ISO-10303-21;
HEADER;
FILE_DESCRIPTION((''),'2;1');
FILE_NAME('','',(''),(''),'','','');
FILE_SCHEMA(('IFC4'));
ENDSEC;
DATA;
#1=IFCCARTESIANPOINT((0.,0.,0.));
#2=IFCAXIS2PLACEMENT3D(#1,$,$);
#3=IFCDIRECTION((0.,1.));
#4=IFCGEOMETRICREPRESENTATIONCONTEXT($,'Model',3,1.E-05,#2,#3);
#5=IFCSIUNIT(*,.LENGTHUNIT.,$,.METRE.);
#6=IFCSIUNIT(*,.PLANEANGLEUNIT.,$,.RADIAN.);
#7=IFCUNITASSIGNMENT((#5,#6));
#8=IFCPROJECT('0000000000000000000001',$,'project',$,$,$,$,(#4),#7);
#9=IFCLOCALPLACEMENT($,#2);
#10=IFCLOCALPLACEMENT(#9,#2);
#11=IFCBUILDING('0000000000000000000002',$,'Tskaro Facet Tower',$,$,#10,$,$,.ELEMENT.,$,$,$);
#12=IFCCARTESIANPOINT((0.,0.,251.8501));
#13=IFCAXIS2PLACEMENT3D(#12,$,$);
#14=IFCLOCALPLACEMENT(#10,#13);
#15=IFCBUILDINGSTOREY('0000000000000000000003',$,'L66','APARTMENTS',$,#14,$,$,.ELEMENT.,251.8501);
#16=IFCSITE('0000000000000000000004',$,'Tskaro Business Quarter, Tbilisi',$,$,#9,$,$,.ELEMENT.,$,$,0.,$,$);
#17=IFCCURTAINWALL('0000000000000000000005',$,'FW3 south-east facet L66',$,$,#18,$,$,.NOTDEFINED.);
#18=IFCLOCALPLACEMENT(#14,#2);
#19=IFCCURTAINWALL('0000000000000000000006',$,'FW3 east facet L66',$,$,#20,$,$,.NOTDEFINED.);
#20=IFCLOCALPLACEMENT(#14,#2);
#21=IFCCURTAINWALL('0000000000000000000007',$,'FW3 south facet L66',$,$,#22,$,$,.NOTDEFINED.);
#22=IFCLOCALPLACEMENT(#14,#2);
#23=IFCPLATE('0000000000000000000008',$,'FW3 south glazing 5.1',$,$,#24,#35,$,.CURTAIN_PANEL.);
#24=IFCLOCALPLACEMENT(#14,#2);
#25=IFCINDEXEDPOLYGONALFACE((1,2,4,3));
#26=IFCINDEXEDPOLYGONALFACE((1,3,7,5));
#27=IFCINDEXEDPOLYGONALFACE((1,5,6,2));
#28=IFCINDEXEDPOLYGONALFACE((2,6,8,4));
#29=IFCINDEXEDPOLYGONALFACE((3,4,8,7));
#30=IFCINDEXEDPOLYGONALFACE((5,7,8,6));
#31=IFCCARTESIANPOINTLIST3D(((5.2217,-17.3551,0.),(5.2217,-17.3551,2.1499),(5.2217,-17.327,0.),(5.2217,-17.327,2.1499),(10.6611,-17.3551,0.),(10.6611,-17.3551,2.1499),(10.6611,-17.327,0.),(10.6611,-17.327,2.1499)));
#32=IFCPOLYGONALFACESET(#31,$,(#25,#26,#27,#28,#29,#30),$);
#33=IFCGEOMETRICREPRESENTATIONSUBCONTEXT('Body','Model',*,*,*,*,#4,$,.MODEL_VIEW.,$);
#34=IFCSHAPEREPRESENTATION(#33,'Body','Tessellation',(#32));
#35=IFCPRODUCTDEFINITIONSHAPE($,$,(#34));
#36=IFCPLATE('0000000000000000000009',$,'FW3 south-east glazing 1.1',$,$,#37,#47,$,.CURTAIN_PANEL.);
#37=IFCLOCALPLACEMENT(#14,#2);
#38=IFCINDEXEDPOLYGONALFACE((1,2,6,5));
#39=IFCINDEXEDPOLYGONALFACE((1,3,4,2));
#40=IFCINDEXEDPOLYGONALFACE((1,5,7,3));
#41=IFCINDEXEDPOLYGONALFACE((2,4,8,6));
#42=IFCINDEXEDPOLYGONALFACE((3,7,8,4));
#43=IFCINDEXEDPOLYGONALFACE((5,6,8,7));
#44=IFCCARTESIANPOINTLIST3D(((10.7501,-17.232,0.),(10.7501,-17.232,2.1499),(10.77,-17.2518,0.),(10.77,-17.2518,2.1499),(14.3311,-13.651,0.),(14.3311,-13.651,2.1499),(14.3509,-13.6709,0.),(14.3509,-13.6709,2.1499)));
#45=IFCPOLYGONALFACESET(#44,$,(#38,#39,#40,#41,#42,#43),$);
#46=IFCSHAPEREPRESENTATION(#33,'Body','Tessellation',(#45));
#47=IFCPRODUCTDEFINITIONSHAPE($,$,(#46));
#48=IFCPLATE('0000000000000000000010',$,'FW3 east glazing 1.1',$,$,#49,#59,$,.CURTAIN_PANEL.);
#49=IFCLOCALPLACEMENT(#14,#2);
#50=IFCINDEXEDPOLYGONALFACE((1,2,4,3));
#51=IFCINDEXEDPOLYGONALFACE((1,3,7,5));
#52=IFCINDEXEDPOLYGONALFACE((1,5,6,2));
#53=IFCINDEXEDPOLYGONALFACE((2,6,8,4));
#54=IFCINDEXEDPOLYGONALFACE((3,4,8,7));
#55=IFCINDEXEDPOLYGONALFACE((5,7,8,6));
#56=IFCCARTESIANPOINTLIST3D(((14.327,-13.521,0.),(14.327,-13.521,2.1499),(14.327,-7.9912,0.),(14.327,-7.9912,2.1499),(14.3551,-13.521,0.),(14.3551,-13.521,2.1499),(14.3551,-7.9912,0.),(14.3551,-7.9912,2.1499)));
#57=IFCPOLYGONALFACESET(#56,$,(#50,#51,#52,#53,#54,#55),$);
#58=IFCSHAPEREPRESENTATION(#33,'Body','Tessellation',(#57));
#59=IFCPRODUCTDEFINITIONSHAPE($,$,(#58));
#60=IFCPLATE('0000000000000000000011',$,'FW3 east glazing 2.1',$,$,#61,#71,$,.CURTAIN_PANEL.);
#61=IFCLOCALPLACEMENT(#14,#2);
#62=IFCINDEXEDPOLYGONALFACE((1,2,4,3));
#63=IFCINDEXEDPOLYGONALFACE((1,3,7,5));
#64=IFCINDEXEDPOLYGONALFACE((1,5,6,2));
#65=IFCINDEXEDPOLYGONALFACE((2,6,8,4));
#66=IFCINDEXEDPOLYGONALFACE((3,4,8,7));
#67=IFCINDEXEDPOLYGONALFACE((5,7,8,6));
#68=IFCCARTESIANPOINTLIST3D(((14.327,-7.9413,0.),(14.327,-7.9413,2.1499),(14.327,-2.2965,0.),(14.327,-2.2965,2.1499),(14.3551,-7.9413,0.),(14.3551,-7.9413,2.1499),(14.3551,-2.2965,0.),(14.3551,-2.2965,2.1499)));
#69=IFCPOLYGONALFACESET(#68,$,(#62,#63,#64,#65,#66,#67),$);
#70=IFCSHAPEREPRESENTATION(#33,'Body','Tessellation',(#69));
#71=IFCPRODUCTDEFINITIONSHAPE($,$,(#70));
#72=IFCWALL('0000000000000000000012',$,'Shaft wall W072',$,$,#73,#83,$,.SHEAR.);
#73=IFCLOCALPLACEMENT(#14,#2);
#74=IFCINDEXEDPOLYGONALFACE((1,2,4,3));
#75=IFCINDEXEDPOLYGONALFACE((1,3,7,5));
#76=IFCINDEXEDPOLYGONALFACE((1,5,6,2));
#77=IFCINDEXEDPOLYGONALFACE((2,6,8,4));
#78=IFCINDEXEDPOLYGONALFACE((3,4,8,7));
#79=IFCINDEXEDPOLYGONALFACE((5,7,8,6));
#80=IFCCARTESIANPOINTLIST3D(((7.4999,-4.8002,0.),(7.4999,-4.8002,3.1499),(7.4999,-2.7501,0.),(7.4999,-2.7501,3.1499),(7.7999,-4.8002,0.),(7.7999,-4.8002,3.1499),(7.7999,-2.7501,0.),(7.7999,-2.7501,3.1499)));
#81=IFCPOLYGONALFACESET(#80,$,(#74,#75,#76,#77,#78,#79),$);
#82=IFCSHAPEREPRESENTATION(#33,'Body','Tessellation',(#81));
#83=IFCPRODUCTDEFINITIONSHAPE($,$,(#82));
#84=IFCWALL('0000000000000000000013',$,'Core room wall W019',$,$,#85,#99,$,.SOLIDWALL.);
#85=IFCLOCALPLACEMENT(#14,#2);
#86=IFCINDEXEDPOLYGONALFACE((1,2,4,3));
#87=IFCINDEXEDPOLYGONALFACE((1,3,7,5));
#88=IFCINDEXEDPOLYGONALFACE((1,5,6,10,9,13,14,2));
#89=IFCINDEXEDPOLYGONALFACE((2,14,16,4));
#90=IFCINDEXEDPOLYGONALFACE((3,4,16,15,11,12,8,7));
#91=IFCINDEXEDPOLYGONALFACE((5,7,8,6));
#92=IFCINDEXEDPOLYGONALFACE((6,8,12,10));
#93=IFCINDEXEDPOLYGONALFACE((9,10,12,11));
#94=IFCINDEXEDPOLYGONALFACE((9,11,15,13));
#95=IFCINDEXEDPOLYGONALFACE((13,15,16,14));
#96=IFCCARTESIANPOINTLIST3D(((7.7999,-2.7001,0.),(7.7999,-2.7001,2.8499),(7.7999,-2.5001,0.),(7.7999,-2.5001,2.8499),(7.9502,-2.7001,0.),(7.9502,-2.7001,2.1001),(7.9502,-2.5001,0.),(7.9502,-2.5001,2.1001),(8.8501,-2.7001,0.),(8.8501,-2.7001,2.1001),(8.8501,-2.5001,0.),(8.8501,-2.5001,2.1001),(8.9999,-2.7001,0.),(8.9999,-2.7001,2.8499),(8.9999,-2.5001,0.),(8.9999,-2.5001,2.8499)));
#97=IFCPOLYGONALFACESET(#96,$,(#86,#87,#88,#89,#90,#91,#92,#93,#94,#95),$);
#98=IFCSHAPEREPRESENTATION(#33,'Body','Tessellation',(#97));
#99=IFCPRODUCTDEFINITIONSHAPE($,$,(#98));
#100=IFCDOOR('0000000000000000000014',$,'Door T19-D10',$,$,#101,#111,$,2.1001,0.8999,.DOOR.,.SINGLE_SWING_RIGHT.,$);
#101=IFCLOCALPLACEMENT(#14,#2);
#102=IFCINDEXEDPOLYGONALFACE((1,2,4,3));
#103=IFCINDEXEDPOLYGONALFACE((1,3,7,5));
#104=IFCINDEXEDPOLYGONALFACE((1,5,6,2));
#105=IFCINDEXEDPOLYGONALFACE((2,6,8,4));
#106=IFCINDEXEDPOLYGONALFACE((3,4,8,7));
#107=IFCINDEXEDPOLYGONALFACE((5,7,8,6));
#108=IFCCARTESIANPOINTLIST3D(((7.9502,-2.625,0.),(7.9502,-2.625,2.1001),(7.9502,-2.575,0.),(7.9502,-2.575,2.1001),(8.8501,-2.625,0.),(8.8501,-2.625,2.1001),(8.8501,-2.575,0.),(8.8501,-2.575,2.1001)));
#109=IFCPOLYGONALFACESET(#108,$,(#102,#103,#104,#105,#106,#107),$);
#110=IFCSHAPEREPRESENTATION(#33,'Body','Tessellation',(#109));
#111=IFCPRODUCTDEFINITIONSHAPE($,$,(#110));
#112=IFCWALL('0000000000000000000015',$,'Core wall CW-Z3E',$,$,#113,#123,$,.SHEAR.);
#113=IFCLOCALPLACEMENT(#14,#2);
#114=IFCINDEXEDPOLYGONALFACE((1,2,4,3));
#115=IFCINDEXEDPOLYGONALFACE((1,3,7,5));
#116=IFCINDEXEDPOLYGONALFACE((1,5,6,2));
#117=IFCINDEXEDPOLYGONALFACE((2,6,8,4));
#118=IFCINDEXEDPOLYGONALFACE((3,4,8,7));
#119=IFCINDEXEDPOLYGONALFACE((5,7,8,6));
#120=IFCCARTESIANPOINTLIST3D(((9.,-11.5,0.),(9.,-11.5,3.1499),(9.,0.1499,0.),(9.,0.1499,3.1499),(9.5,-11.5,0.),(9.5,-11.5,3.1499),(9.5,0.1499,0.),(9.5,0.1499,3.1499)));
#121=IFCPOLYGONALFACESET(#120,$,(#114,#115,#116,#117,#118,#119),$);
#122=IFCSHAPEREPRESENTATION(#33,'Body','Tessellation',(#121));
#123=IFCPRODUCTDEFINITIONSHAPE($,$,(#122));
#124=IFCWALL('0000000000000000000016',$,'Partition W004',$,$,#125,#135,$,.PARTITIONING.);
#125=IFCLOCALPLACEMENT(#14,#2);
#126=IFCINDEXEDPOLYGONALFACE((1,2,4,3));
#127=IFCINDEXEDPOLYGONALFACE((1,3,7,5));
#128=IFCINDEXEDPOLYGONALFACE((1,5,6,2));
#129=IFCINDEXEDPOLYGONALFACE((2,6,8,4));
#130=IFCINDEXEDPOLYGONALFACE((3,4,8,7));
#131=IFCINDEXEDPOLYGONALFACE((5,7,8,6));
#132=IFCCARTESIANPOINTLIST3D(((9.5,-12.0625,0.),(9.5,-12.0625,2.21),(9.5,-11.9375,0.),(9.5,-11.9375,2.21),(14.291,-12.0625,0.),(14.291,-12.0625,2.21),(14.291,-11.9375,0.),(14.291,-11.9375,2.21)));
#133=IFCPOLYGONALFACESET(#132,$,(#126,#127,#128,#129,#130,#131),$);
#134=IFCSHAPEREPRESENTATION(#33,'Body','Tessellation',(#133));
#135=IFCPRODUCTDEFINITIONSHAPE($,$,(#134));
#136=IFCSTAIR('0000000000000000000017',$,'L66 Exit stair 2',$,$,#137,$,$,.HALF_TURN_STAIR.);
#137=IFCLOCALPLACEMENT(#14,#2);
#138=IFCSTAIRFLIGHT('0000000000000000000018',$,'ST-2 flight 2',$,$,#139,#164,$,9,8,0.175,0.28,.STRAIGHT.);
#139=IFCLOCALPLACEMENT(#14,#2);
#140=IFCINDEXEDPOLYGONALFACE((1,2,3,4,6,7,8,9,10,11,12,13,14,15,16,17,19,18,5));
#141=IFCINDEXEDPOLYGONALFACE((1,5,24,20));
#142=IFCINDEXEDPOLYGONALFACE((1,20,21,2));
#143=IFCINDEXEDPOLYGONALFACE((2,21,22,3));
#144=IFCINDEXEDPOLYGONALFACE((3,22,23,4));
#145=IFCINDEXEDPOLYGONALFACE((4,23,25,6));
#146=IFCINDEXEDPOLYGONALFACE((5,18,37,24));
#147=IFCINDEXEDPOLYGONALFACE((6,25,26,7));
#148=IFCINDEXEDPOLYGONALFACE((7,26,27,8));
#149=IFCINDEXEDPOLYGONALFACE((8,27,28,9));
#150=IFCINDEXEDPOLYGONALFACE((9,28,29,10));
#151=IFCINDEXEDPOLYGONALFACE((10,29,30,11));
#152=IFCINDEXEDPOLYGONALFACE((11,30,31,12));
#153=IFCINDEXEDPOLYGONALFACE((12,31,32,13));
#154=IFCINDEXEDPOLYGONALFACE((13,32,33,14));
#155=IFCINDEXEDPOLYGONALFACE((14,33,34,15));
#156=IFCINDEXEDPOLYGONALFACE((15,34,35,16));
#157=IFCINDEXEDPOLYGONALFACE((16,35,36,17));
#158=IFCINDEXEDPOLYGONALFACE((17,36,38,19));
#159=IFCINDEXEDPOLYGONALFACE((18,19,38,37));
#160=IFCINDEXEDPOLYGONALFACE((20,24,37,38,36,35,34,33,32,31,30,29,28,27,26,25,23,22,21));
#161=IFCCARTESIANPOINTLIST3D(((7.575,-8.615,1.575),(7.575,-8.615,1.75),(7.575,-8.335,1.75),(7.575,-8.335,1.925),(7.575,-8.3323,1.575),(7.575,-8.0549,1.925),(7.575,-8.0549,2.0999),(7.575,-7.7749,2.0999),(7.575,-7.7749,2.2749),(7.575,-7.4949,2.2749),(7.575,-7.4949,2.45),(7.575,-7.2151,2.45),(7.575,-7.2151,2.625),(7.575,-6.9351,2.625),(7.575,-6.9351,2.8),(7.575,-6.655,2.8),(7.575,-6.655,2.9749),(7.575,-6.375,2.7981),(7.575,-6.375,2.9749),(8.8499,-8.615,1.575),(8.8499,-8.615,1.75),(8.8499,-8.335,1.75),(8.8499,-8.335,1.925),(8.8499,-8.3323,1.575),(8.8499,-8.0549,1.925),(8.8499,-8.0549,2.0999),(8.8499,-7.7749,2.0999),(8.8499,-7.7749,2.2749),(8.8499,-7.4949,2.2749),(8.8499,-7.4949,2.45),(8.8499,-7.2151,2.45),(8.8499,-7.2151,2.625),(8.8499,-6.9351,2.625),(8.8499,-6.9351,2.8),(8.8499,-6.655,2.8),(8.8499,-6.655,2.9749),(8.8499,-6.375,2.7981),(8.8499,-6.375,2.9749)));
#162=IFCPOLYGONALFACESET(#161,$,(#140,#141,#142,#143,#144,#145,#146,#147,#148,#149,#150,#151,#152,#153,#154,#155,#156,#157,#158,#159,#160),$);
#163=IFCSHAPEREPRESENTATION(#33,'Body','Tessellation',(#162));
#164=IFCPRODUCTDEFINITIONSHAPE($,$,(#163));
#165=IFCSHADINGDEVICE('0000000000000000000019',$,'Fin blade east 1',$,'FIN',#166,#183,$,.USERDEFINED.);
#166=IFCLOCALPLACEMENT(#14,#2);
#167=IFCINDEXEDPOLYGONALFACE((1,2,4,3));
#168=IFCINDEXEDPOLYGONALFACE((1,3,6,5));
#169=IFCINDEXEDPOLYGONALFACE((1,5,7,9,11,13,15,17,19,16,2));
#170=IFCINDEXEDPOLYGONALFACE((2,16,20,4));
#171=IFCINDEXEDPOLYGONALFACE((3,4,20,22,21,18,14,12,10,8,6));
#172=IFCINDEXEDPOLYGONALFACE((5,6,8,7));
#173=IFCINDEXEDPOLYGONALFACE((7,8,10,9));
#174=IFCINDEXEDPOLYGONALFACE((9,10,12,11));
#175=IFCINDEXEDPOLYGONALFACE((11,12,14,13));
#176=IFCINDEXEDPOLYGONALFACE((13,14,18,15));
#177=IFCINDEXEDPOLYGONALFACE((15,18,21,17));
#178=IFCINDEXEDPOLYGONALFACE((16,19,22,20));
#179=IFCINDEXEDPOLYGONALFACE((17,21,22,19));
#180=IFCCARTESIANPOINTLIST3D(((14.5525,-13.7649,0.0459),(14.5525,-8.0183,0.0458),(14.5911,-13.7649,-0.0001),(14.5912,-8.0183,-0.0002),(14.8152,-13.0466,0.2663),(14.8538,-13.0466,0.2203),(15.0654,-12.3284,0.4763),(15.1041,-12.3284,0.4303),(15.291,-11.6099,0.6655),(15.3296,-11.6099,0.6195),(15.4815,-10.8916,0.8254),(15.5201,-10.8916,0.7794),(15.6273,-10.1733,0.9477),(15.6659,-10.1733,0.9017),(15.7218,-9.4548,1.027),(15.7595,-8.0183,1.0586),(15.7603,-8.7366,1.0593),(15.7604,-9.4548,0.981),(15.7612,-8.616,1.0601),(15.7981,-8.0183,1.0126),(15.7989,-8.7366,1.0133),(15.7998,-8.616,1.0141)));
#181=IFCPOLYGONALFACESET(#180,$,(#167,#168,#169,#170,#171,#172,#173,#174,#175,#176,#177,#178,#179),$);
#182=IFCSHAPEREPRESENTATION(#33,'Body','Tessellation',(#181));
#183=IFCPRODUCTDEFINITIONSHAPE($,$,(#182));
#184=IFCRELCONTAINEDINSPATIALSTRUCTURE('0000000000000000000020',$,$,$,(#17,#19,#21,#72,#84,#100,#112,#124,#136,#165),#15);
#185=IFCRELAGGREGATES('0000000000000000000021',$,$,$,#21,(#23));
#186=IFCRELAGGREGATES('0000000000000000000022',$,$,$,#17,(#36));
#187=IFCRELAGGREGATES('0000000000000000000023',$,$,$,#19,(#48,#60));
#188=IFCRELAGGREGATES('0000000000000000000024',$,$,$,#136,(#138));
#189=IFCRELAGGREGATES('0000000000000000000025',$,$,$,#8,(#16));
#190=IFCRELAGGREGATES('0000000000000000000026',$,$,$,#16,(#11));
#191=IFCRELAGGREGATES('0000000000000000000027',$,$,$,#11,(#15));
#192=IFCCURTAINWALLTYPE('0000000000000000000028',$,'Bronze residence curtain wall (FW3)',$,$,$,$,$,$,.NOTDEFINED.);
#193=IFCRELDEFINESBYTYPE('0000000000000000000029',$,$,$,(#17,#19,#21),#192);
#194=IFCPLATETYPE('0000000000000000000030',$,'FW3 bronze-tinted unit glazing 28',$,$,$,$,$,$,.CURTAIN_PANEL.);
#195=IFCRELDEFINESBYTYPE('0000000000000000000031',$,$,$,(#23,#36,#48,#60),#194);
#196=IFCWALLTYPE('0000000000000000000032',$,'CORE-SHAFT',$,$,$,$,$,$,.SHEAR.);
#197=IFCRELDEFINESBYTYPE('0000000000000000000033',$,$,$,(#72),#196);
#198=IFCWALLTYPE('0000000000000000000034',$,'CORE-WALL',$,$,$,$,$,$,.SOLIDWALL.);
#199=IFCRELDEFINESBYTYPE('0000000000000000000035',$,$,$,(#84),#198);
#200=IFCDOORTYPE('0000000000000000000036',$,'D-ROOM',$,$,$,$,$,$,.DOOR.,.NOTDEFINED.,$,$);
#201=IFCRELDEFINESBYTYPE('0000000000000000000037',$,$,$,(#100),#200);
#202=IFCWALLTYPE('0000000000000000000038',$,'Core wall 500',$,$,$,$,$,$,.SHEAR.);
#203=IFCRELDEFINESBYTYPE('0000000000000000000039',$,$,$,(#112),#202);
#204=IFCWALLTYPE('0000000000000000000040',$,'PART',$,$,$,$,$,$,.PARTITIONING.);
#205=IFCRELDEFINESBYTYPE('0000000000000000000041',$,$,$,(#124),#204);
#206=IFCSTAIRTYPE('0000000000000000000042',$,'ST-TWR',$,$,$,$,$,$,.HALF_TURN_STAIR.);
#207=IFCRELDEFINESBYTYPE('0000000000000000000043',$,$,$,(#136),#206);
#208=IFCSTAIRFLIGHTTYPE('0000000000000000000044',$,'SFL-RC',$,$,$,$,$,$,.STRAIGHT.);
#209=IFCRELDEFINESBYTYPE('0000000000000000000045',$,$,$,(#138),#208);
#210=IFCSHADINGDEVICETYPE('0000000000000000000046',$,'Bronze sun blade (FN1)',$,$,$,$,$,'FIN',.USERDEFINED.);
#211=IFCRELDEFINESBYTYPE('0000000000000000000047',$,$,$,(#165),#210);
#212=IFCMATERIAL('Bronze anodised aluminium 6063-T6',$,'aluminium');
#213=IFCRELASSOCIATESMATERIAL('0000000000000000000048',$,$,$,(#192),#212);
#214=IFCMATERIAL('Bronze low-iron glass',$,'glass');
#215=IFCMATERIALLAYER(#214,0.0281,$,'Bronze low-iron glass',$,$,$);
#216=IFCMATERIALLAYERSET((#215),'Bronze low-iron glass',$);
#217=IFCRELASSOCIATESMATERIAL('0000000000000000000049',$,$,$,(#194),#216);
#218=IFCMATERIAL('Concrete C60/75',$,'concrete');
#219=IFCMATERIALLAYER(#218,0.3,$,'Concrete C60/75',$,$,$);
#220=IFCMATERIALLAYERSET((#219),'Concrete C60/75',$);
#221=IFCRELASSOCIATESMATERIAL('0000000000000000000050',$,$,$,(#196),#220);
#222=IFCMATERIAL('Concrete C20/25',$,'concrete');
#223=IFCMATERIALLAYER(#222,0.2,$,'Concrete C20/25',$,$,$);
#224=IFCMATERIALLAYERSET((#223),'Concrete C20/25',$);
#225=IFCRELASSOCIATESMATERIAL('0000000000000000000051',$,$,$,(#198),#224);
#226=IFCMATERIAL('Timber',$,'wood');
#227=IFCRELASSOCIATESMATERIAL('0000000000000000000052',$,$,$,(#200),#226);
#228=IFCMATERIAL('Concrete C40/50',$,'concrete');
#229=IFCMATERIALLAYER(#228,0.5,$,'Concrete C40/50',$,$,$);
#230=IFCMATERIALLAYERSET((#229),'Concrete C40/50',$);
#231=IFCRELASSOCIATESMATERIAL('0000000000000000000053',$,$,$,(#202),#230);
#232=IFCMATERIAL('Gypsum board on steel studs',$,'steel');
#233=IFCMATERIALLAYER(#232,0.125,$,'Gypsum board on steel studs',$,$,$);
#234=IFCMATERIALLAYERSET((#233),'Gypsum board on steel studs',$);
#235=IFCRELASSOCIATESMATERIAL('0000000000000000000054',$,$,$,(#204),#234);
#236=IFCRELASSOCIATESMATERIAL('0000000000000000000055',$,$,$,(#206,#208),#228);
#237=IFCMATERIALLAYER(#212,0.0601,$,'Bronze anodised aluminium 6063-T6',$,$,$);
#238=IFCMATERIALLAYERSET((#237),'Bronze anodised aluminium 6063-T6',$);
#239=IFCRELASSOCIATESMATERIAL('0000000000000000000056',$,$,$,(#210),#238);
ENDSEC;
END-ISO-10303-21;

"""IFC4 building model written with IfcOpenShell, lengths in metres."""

from ifc_helpers import new_model, si_unit, direction, frame, frame_2d, origin, origin_2d, place, context, subcontext, project, spatial, polyline, rectangle, outline, extrude, material, layer, layer_set, type_object, element, fill, aggregate, save


model = new_model("IFC4")

# Units and contexts
model_context = context("Model", 3, precision=1e-05, world=origin(), true_north=direction((0.0, 1.0)))
body_context = subcontext(model_context, "Body", "Model", "MODEL_VIEW")
ifc_project = project(units=[si_unit("LENGTHUNIT", "METRE"), si_unit("PLANEANGLEUNIT", "RADIAN")], contexts=[model_context])

# Site, building, storey
site_placement = place(None, origin())
site = spatial("IfcSite", under=ifc_project, at=site_placement, Name="Tskaro Business Quarter, Tbilisi", CompositionType="ELEMENT", RefElevation=0.0)
building_placement = place(site_placement, origin())
building = spatial("IfcBuilding", under=site, at=building_placement, Name="Tskaro Facet Tower", CompositionType="ELEMENT")
storey_placement = place(building_placement, frame((0.0, 0.0, 251.8501)))
storey = spatial("IfcBuildingStorey", under=building, at=storey_placement, Name="L66", Description="APARTMENTS", CompositionType="ELEMENT", Elevation=251.8501)

# Curtain wall
ifc_material_1 = material(Name="Bronze anodised aluminium 6063-T6", Category="aluminium")
curtain_wall_type = type_object("IfcCurtainWallType", Name="Bronze residence curtain wall (FW3)", PredefinedType="NOTDEFINED", material=ifc_material_1)
curtain_wall_1_placement = place(storey_placement, origin())
curtain_wall_1 = element("IfcCurtainWall", 1, at=curtain_wall_1_placement, inside=storey, type_object=curtain_wall_type, Name="FW3 south-east facet L66", PredefinedType="NOTDEFINED")

# Curtain wall
curtain_wall_2_placement = place(storey_placement, origin())
curtain_wall_2 = element("IfcCurtainWall", 2, at=curtain_wall_2_placement, inside=storey, type_object=curtain_wall_type, Name="FW3 east facet L66", PredefinedType="NOTDEFINED")

# Curtain wall, plate
curtain_wall_3_placement = place(storey_placement, origin())
curtain_wall_3 = element("IfcCurtainWall", 3, at=curtain_wall_3_placement, inside=storey, type_object=curtain_wall_type, Name="FW3 south facet L66", PredefinedType="NOTDEFINED")
ifc_material_2 = material(Name="Bronze low-iron glass", Category="glass")
ifc_layer_1 = layer(ifc_material_2, 0.0281, Name="Bronze low-iron glass")
ifc_layer_set_1 = layer_set([ifc_layer_1], Name="Bronze low-iron glass")
plate_type = type_object("IfcPlateType", Name="FW3 bronze-tinted unit glazing 28", PredefinedType="CURTAIN_PANEL", material=ifc_layer_set_1)
plate_1_placement = place(storey_placement, frame((7.9414, -17.3411, 0.0), z_axis=(0.0, 0.0, 1.0), x_axis=(1.0, 0.0, 0.0)))
plate_1 = element("IfcPlate", 4, at=plate_1_placement, type_object=plate_type, Name="FW3 south glazing 5.1", PredefinedType="CURTAIN_PANEL", context=body_context, shape_type="SweptSolid", body=[
    extrude(rectangle(XDim=5.4395, YDim=0.0281, at=origin_2d()), origin(), (0.0, 0.0, 1.0), 2.1499),
])
aggregate(curtain_wall_3, [plate_1])

# Plates
plate_2_placement = place(storey_placement, frame((12.5505, -15.4514, 0.0), z_axis=(0.0, 0.0, 1.0), x_axis=(0.707107, 0.707107, 0.0)))
plate_2 = element("IfcPlate", 5, at=plate_2_placement, type_object=plate_type, Name="FW3 south-east glazing 1.1", PredefinedType="CURTAIN_PANEL", context=body_context, shape_type="SweptSolid", body=[
    extrude(rectangle(XDim=5.0642, YDim=0.0281, at=origin_2d()), origin(), (0.0, 0.0, 1.0), 2.1499),
])
aggregate(curtain_wall_1, [plate_2])
plate_3_placement = place(storey_placement, frame((14.3411, -10.7561, 0.0), z_axis=(0.0, 0.0, 1.0), x_axis=(0.0, 1.0, 0.0)))
plate_3 = element("IfcPlate", 6, at=plate_3_placement, type_object=plate_type, Name="FW3 east glazing 1.1", PredefinedType="CURTAIN_PANEL", context=body_context, shape_type="SweptSolid", body=[
    extrude(rectangle(XDim=5.5298, YDim=0.0281, at=origin_2d()), origin(), (0.0, 0.0, 1.0), 2.1499),
])
plate_4_placement = place(storey_placement, frame((14.3411, -5.1189, 0.0), z_axis=(0.0, 0.0, 1.0), x_axis=(0.0, 1.0, 0.0)))
plate_4 = element("IfcPlate", 7, at=plate_4_placement, type_object=plate_type, Name="FW3 east glazing 2.1", PredefinedType="CURTAIN_PANEL", context=body_context, shape_type="SweptSolid", body=[
    extrude(rectangle(XDim=5.6448, YDim=0.0281, at=origin_2d()), origin(), (0.0, 0.0, 1.0), 2.1499),
])
aggregate(curtain_wall_2, [plate_3, plate_4])

# Wall
ifc_material_3 = material(Name="Concrete C60/75", Category="concrete")
ifc_layer_2 = layer(ifc_material_3, 0.3, Name="Concrete C60/75")
ifc_layer_set_2 = layer_set([ifc_layer_2], Name="Concrete C60/75")
wall_type_1 = type_object("IfcWallType", Name="CORE-SHAFT", PredefinedType="SHEAR", material=ifc_layer_set_2)
wall_1_placement = place(storey_placement, frame((7.6499, -4.8, 0.0), z_axis=(0.0, 0.0, 1.0), x_axis=(0.0, 1.0, 0.0)))
element("IfcWall", 8, at=wall_1_placement, inside=storey, type_object=wall_type_1, Name="Shaft wall W072", PredefinedType="SHEAR", context=body_context, shape_type="SweptSolid", body=[
    extrude(rectangle(XDim=2.05, YDim=0.3, at=frame_2d((1.0249, 0.0))), origin(), (0.0, 0.0, 1.0), 3.1499),
])

# Wall, opening, door
ifc_material_4 = material(Name="Concrete C20/25", Category="concrete")
ifc_layer_3 = layer(ifc_material_4, 0.2, Name="Concrete C20/25")
ifc_layer_set_3 = layer_set([ifc_layer_3], Name="Concrete C20/25")
wall_type_2 = type_object("IfcWallType", Name="CORE-WALL", PredefinedType="SOLIDWALL", material=ifc_layer_set_3)
wall_2_placement = place(storey_placement, frame((9.0, -2.6001, 0.0), z_axis=(0.0, 0.0, 1.0), x_axis=(-1.0, 0.0, 0.0)))
wall_2 = element("IfcWall", 9, at=wall_2_placement, inside=storey, type_object=wall_type_2, Name="Core room wall W019", PredefinedType="SOLIDWALL", context=body_context, shape_type="SweptSolid", body=[
    extrude(rectangle(XDim=1.2, YDim=0.2, at=frame_2d((0.6001, 0.0))), origin(), (0.0, 0.0, 1.0), 2.8499),
])
opening_placement = place(wall_2_placement, frame((0.1499, 0.0, 0.0)))
opening = element("IfcOpeningElement", 10, at=opening_placement, cuts=wall_2, PredefinedType="OPENING", context=body_context, shape_type="SweptSolid", body=[
    extrude(rectangle(XDim=0.8999, YDim=2.1001, at=frame_2d((0.45, 1.05))), frame((0.0, 0.1099, 0.0), z_axis=(0.0, -1.0, 0.0), x_axis=(1.0, 0.0, 0.0)), (0.0, 0.0, 1.0), 0.22),
])
ifc_material_5 = material(Name="Timber", Category="wood")
door_type = type_object("IfcDoorType", Name="D-ROOM", OperationType="NOTDEFINED", PredefinedType="DOOR", material=ifc_material_5)
door_placement = place(opening_placement, origin())
door = element("IfcDoor", 11, at=door_placement, inside=storey, type_object=door_type, Name="Door T19-D10", OperationType="SINGLE_SWING_RIGHT", OverallHeight=2.1001, OverallWidth=0.8999, PredefinedType="DOOR", context=body_context, shape_type="SweptSolid", body=[
    extrude(rectangle(XDim=0.8999, YDim=2.1001, at=frame_2d((0.45, 1.05))), frame((0.0, 0.0249, 0.0), z_axis=(0.0, -1.0, 0.0), x_axis=(1.0, 0.0, 0.0)), (0.0, 0.0, 1.0), 0.05),
])
fill(opening, door)

# Walls
ifc_material_6 = material(Name="Concrete C40/50", Category="concrete")
ifc_layer_4 = layer(ifc_material_6, 0.5, Name="Concrete C40/50")
ifc_layer_set_4 = layer_set([ifc_layer_4], Name="Concrete C40/50")
wall_type_3 = type_object("IfcWallType", Name="Core wall 500", PredefinedType="SHEAR", material=ifc_layer_set_4)
wall_3_placement = place(storey_placement, frame((9.25, -11.5, 0.0), z_axis=(0.0, 0.0, 1.0), x_axis=(0.0, 1.0, 0.0)))
element("IfcWall", 12, at=wall_3_placement, inside=storey, type_object=wall_type_3, Name="Core wall CW-Z3E", PredefinedType="SHEAR", context=body_context, shape_type="SweptSolid", body=[
    extrude(rectangle(XDim=11.6499, YDim=0.5, at=frame_2d((5.825, 0.0))), origin(), (0.0, 0.0, 1.0), 3.1499),
])
ifc_material_7 = material(Name="Gypsum board on steel studs", Category="steel")
ifc_layer_5 = layer(ifc_material_7, 0.125, Name="Gypsum board on steel studs")
ifc_layer_set_5 = layer_set([ifc_layer_5], Name="Gypsum board on steel studs")
wall_type_4 = type_object("IfcWallType", Name="PART", PredefinedType="PARTITIONING", material=ifc_layer_set_5)
wall_4_placement = place(storey_placement, frame((9.5, -12.0, 0.0), z_axis=(0.0, 0.0, 1.0), x_axis=(1.0, 0.0, 0.0)))
element("IfcWall", 13, at=wall_4_placement, inside=storey, type_object=wall_type_4, Name="Partition W004", PredefinedType="PARTITIONING", context=body_context, shape_type="SweptSolid", body=[
    extrude(rectangle(XDim=4.791, YDim=0.125, at=frame_2d((2.3955, 0.0))), origin(), (0.0, 0.0, 1.0), 2.21),
])

# Stair, stair flight
stair_type = type_object("IfcStairType", Name="ST-TWR", PredefinedType="HALF_TURN_STAIR", material=ifc_material_6)
stair_placement = place(storey_placement, origin())
stair = element("IfcStair", 14, at=stair_placement, inside=storey, type_object=stair_type, Name="L66 Exit stair 2", PredefinedType="HALF_TURN_STAIR")
stair_flight_type = type_object("IfcStairFlightType", Name="SFL-RC", PredefinedType="STRAIGHT", material=ifc_material_6)
stair_flight_placement = place(storey_placement, frame((8.2124, -8.615, 1.575), z_axis=(0.0, 0.0, 1.0), x_axis=(0.0, 1.0, 0.0)))
stair_flight = element("IfcStairFlight", 15, at=stair_flight_placement, type_object=stair_flight_type, Name="ST-2 flight 2", NumberOfRisers=9, NumberOfTreads=8, PredefinedType="STRAIGHT", RiserHeight=0.175, TreadLength=0.28, context=body_context, shape_type="SweptSolid", body=[
    extrude(outline(polyline([(0.0, 0.0), (0.0, 0.175), (0.28, 0.175), (0.28, 0.3501), (0.5601, 0.3501), (0.5601, 0.5249), (0.8401, 0.5249), (0.8401, 0.7), (1.1201, 0.7), (1.1201, 0.875), (1.3999, 0.875), (1.3999, 1.05), (1.6799, 1.05), (1.6799, 1.2251), (1.96, 1.2251), (1.96, 1.3999), (2.24, 1.3999), (2.24, 1.575), (2.24, 1.2231), (0.2827, 0.0), (0.0, 0.0)])), frame((0.0, 0.6375, 0.0), z_axis=(0.0, -1.0, 0.0), x_axis=(1.0, 0.0, 0.0)), (0.0, 0.0, 1.0), 1.2749),
])
aggregate(stair, [stair_flight])

# Shading device
ifc_layer_6 = layer(ifc_material_1, 0.0601, Name="Bronze anodised aluminium 6063-T6")
ifc_layer_set_6 = layer_set([ifc_layer_6], Name="Bronze anodised aluminium 6063-T6")
shading_device_type = type_object("IfcShadingDeviceType", Name="Bronze sun blade (FN1)", ElementType="FIN", PredefinedType="USERDEFINED", material=ifc_layer_set_6)
shading_device_1_placement = place(storey_placement, frame((14.5525, -13.7649, 0.0459), z_axis=(-0.642797, 0.000016, 0.766037), x_axis=(0.00001, 1.0, -0.000012)))
element("IfcShadingDevice", 16, at=shading_device_1_placement, inside=storey, type_object=shading_device_type, Name="Fin blade east 1", ObjectType="FIN", PredefinedType="USERDEFINED", context=body_context, shape_type="SweptSolid", body=[
    extrude(outline(polyline([(0.0, 0.0), (5.7466, 0.0), (5.7466, -1.5756), (5.1489, -1.5778), (5.0283, -1.5766), (4.3101, -1.5264), (3.5916, -1.403), (2.8733, -1.2127), (2.155, -0.964), (1.4365, -0.6696), (0.7183, -0.3429), (0.0, 0.0)])), origin(), (0.0, 0.0, -1.0), 0.0601),
])

save(model, "model.ifc")
